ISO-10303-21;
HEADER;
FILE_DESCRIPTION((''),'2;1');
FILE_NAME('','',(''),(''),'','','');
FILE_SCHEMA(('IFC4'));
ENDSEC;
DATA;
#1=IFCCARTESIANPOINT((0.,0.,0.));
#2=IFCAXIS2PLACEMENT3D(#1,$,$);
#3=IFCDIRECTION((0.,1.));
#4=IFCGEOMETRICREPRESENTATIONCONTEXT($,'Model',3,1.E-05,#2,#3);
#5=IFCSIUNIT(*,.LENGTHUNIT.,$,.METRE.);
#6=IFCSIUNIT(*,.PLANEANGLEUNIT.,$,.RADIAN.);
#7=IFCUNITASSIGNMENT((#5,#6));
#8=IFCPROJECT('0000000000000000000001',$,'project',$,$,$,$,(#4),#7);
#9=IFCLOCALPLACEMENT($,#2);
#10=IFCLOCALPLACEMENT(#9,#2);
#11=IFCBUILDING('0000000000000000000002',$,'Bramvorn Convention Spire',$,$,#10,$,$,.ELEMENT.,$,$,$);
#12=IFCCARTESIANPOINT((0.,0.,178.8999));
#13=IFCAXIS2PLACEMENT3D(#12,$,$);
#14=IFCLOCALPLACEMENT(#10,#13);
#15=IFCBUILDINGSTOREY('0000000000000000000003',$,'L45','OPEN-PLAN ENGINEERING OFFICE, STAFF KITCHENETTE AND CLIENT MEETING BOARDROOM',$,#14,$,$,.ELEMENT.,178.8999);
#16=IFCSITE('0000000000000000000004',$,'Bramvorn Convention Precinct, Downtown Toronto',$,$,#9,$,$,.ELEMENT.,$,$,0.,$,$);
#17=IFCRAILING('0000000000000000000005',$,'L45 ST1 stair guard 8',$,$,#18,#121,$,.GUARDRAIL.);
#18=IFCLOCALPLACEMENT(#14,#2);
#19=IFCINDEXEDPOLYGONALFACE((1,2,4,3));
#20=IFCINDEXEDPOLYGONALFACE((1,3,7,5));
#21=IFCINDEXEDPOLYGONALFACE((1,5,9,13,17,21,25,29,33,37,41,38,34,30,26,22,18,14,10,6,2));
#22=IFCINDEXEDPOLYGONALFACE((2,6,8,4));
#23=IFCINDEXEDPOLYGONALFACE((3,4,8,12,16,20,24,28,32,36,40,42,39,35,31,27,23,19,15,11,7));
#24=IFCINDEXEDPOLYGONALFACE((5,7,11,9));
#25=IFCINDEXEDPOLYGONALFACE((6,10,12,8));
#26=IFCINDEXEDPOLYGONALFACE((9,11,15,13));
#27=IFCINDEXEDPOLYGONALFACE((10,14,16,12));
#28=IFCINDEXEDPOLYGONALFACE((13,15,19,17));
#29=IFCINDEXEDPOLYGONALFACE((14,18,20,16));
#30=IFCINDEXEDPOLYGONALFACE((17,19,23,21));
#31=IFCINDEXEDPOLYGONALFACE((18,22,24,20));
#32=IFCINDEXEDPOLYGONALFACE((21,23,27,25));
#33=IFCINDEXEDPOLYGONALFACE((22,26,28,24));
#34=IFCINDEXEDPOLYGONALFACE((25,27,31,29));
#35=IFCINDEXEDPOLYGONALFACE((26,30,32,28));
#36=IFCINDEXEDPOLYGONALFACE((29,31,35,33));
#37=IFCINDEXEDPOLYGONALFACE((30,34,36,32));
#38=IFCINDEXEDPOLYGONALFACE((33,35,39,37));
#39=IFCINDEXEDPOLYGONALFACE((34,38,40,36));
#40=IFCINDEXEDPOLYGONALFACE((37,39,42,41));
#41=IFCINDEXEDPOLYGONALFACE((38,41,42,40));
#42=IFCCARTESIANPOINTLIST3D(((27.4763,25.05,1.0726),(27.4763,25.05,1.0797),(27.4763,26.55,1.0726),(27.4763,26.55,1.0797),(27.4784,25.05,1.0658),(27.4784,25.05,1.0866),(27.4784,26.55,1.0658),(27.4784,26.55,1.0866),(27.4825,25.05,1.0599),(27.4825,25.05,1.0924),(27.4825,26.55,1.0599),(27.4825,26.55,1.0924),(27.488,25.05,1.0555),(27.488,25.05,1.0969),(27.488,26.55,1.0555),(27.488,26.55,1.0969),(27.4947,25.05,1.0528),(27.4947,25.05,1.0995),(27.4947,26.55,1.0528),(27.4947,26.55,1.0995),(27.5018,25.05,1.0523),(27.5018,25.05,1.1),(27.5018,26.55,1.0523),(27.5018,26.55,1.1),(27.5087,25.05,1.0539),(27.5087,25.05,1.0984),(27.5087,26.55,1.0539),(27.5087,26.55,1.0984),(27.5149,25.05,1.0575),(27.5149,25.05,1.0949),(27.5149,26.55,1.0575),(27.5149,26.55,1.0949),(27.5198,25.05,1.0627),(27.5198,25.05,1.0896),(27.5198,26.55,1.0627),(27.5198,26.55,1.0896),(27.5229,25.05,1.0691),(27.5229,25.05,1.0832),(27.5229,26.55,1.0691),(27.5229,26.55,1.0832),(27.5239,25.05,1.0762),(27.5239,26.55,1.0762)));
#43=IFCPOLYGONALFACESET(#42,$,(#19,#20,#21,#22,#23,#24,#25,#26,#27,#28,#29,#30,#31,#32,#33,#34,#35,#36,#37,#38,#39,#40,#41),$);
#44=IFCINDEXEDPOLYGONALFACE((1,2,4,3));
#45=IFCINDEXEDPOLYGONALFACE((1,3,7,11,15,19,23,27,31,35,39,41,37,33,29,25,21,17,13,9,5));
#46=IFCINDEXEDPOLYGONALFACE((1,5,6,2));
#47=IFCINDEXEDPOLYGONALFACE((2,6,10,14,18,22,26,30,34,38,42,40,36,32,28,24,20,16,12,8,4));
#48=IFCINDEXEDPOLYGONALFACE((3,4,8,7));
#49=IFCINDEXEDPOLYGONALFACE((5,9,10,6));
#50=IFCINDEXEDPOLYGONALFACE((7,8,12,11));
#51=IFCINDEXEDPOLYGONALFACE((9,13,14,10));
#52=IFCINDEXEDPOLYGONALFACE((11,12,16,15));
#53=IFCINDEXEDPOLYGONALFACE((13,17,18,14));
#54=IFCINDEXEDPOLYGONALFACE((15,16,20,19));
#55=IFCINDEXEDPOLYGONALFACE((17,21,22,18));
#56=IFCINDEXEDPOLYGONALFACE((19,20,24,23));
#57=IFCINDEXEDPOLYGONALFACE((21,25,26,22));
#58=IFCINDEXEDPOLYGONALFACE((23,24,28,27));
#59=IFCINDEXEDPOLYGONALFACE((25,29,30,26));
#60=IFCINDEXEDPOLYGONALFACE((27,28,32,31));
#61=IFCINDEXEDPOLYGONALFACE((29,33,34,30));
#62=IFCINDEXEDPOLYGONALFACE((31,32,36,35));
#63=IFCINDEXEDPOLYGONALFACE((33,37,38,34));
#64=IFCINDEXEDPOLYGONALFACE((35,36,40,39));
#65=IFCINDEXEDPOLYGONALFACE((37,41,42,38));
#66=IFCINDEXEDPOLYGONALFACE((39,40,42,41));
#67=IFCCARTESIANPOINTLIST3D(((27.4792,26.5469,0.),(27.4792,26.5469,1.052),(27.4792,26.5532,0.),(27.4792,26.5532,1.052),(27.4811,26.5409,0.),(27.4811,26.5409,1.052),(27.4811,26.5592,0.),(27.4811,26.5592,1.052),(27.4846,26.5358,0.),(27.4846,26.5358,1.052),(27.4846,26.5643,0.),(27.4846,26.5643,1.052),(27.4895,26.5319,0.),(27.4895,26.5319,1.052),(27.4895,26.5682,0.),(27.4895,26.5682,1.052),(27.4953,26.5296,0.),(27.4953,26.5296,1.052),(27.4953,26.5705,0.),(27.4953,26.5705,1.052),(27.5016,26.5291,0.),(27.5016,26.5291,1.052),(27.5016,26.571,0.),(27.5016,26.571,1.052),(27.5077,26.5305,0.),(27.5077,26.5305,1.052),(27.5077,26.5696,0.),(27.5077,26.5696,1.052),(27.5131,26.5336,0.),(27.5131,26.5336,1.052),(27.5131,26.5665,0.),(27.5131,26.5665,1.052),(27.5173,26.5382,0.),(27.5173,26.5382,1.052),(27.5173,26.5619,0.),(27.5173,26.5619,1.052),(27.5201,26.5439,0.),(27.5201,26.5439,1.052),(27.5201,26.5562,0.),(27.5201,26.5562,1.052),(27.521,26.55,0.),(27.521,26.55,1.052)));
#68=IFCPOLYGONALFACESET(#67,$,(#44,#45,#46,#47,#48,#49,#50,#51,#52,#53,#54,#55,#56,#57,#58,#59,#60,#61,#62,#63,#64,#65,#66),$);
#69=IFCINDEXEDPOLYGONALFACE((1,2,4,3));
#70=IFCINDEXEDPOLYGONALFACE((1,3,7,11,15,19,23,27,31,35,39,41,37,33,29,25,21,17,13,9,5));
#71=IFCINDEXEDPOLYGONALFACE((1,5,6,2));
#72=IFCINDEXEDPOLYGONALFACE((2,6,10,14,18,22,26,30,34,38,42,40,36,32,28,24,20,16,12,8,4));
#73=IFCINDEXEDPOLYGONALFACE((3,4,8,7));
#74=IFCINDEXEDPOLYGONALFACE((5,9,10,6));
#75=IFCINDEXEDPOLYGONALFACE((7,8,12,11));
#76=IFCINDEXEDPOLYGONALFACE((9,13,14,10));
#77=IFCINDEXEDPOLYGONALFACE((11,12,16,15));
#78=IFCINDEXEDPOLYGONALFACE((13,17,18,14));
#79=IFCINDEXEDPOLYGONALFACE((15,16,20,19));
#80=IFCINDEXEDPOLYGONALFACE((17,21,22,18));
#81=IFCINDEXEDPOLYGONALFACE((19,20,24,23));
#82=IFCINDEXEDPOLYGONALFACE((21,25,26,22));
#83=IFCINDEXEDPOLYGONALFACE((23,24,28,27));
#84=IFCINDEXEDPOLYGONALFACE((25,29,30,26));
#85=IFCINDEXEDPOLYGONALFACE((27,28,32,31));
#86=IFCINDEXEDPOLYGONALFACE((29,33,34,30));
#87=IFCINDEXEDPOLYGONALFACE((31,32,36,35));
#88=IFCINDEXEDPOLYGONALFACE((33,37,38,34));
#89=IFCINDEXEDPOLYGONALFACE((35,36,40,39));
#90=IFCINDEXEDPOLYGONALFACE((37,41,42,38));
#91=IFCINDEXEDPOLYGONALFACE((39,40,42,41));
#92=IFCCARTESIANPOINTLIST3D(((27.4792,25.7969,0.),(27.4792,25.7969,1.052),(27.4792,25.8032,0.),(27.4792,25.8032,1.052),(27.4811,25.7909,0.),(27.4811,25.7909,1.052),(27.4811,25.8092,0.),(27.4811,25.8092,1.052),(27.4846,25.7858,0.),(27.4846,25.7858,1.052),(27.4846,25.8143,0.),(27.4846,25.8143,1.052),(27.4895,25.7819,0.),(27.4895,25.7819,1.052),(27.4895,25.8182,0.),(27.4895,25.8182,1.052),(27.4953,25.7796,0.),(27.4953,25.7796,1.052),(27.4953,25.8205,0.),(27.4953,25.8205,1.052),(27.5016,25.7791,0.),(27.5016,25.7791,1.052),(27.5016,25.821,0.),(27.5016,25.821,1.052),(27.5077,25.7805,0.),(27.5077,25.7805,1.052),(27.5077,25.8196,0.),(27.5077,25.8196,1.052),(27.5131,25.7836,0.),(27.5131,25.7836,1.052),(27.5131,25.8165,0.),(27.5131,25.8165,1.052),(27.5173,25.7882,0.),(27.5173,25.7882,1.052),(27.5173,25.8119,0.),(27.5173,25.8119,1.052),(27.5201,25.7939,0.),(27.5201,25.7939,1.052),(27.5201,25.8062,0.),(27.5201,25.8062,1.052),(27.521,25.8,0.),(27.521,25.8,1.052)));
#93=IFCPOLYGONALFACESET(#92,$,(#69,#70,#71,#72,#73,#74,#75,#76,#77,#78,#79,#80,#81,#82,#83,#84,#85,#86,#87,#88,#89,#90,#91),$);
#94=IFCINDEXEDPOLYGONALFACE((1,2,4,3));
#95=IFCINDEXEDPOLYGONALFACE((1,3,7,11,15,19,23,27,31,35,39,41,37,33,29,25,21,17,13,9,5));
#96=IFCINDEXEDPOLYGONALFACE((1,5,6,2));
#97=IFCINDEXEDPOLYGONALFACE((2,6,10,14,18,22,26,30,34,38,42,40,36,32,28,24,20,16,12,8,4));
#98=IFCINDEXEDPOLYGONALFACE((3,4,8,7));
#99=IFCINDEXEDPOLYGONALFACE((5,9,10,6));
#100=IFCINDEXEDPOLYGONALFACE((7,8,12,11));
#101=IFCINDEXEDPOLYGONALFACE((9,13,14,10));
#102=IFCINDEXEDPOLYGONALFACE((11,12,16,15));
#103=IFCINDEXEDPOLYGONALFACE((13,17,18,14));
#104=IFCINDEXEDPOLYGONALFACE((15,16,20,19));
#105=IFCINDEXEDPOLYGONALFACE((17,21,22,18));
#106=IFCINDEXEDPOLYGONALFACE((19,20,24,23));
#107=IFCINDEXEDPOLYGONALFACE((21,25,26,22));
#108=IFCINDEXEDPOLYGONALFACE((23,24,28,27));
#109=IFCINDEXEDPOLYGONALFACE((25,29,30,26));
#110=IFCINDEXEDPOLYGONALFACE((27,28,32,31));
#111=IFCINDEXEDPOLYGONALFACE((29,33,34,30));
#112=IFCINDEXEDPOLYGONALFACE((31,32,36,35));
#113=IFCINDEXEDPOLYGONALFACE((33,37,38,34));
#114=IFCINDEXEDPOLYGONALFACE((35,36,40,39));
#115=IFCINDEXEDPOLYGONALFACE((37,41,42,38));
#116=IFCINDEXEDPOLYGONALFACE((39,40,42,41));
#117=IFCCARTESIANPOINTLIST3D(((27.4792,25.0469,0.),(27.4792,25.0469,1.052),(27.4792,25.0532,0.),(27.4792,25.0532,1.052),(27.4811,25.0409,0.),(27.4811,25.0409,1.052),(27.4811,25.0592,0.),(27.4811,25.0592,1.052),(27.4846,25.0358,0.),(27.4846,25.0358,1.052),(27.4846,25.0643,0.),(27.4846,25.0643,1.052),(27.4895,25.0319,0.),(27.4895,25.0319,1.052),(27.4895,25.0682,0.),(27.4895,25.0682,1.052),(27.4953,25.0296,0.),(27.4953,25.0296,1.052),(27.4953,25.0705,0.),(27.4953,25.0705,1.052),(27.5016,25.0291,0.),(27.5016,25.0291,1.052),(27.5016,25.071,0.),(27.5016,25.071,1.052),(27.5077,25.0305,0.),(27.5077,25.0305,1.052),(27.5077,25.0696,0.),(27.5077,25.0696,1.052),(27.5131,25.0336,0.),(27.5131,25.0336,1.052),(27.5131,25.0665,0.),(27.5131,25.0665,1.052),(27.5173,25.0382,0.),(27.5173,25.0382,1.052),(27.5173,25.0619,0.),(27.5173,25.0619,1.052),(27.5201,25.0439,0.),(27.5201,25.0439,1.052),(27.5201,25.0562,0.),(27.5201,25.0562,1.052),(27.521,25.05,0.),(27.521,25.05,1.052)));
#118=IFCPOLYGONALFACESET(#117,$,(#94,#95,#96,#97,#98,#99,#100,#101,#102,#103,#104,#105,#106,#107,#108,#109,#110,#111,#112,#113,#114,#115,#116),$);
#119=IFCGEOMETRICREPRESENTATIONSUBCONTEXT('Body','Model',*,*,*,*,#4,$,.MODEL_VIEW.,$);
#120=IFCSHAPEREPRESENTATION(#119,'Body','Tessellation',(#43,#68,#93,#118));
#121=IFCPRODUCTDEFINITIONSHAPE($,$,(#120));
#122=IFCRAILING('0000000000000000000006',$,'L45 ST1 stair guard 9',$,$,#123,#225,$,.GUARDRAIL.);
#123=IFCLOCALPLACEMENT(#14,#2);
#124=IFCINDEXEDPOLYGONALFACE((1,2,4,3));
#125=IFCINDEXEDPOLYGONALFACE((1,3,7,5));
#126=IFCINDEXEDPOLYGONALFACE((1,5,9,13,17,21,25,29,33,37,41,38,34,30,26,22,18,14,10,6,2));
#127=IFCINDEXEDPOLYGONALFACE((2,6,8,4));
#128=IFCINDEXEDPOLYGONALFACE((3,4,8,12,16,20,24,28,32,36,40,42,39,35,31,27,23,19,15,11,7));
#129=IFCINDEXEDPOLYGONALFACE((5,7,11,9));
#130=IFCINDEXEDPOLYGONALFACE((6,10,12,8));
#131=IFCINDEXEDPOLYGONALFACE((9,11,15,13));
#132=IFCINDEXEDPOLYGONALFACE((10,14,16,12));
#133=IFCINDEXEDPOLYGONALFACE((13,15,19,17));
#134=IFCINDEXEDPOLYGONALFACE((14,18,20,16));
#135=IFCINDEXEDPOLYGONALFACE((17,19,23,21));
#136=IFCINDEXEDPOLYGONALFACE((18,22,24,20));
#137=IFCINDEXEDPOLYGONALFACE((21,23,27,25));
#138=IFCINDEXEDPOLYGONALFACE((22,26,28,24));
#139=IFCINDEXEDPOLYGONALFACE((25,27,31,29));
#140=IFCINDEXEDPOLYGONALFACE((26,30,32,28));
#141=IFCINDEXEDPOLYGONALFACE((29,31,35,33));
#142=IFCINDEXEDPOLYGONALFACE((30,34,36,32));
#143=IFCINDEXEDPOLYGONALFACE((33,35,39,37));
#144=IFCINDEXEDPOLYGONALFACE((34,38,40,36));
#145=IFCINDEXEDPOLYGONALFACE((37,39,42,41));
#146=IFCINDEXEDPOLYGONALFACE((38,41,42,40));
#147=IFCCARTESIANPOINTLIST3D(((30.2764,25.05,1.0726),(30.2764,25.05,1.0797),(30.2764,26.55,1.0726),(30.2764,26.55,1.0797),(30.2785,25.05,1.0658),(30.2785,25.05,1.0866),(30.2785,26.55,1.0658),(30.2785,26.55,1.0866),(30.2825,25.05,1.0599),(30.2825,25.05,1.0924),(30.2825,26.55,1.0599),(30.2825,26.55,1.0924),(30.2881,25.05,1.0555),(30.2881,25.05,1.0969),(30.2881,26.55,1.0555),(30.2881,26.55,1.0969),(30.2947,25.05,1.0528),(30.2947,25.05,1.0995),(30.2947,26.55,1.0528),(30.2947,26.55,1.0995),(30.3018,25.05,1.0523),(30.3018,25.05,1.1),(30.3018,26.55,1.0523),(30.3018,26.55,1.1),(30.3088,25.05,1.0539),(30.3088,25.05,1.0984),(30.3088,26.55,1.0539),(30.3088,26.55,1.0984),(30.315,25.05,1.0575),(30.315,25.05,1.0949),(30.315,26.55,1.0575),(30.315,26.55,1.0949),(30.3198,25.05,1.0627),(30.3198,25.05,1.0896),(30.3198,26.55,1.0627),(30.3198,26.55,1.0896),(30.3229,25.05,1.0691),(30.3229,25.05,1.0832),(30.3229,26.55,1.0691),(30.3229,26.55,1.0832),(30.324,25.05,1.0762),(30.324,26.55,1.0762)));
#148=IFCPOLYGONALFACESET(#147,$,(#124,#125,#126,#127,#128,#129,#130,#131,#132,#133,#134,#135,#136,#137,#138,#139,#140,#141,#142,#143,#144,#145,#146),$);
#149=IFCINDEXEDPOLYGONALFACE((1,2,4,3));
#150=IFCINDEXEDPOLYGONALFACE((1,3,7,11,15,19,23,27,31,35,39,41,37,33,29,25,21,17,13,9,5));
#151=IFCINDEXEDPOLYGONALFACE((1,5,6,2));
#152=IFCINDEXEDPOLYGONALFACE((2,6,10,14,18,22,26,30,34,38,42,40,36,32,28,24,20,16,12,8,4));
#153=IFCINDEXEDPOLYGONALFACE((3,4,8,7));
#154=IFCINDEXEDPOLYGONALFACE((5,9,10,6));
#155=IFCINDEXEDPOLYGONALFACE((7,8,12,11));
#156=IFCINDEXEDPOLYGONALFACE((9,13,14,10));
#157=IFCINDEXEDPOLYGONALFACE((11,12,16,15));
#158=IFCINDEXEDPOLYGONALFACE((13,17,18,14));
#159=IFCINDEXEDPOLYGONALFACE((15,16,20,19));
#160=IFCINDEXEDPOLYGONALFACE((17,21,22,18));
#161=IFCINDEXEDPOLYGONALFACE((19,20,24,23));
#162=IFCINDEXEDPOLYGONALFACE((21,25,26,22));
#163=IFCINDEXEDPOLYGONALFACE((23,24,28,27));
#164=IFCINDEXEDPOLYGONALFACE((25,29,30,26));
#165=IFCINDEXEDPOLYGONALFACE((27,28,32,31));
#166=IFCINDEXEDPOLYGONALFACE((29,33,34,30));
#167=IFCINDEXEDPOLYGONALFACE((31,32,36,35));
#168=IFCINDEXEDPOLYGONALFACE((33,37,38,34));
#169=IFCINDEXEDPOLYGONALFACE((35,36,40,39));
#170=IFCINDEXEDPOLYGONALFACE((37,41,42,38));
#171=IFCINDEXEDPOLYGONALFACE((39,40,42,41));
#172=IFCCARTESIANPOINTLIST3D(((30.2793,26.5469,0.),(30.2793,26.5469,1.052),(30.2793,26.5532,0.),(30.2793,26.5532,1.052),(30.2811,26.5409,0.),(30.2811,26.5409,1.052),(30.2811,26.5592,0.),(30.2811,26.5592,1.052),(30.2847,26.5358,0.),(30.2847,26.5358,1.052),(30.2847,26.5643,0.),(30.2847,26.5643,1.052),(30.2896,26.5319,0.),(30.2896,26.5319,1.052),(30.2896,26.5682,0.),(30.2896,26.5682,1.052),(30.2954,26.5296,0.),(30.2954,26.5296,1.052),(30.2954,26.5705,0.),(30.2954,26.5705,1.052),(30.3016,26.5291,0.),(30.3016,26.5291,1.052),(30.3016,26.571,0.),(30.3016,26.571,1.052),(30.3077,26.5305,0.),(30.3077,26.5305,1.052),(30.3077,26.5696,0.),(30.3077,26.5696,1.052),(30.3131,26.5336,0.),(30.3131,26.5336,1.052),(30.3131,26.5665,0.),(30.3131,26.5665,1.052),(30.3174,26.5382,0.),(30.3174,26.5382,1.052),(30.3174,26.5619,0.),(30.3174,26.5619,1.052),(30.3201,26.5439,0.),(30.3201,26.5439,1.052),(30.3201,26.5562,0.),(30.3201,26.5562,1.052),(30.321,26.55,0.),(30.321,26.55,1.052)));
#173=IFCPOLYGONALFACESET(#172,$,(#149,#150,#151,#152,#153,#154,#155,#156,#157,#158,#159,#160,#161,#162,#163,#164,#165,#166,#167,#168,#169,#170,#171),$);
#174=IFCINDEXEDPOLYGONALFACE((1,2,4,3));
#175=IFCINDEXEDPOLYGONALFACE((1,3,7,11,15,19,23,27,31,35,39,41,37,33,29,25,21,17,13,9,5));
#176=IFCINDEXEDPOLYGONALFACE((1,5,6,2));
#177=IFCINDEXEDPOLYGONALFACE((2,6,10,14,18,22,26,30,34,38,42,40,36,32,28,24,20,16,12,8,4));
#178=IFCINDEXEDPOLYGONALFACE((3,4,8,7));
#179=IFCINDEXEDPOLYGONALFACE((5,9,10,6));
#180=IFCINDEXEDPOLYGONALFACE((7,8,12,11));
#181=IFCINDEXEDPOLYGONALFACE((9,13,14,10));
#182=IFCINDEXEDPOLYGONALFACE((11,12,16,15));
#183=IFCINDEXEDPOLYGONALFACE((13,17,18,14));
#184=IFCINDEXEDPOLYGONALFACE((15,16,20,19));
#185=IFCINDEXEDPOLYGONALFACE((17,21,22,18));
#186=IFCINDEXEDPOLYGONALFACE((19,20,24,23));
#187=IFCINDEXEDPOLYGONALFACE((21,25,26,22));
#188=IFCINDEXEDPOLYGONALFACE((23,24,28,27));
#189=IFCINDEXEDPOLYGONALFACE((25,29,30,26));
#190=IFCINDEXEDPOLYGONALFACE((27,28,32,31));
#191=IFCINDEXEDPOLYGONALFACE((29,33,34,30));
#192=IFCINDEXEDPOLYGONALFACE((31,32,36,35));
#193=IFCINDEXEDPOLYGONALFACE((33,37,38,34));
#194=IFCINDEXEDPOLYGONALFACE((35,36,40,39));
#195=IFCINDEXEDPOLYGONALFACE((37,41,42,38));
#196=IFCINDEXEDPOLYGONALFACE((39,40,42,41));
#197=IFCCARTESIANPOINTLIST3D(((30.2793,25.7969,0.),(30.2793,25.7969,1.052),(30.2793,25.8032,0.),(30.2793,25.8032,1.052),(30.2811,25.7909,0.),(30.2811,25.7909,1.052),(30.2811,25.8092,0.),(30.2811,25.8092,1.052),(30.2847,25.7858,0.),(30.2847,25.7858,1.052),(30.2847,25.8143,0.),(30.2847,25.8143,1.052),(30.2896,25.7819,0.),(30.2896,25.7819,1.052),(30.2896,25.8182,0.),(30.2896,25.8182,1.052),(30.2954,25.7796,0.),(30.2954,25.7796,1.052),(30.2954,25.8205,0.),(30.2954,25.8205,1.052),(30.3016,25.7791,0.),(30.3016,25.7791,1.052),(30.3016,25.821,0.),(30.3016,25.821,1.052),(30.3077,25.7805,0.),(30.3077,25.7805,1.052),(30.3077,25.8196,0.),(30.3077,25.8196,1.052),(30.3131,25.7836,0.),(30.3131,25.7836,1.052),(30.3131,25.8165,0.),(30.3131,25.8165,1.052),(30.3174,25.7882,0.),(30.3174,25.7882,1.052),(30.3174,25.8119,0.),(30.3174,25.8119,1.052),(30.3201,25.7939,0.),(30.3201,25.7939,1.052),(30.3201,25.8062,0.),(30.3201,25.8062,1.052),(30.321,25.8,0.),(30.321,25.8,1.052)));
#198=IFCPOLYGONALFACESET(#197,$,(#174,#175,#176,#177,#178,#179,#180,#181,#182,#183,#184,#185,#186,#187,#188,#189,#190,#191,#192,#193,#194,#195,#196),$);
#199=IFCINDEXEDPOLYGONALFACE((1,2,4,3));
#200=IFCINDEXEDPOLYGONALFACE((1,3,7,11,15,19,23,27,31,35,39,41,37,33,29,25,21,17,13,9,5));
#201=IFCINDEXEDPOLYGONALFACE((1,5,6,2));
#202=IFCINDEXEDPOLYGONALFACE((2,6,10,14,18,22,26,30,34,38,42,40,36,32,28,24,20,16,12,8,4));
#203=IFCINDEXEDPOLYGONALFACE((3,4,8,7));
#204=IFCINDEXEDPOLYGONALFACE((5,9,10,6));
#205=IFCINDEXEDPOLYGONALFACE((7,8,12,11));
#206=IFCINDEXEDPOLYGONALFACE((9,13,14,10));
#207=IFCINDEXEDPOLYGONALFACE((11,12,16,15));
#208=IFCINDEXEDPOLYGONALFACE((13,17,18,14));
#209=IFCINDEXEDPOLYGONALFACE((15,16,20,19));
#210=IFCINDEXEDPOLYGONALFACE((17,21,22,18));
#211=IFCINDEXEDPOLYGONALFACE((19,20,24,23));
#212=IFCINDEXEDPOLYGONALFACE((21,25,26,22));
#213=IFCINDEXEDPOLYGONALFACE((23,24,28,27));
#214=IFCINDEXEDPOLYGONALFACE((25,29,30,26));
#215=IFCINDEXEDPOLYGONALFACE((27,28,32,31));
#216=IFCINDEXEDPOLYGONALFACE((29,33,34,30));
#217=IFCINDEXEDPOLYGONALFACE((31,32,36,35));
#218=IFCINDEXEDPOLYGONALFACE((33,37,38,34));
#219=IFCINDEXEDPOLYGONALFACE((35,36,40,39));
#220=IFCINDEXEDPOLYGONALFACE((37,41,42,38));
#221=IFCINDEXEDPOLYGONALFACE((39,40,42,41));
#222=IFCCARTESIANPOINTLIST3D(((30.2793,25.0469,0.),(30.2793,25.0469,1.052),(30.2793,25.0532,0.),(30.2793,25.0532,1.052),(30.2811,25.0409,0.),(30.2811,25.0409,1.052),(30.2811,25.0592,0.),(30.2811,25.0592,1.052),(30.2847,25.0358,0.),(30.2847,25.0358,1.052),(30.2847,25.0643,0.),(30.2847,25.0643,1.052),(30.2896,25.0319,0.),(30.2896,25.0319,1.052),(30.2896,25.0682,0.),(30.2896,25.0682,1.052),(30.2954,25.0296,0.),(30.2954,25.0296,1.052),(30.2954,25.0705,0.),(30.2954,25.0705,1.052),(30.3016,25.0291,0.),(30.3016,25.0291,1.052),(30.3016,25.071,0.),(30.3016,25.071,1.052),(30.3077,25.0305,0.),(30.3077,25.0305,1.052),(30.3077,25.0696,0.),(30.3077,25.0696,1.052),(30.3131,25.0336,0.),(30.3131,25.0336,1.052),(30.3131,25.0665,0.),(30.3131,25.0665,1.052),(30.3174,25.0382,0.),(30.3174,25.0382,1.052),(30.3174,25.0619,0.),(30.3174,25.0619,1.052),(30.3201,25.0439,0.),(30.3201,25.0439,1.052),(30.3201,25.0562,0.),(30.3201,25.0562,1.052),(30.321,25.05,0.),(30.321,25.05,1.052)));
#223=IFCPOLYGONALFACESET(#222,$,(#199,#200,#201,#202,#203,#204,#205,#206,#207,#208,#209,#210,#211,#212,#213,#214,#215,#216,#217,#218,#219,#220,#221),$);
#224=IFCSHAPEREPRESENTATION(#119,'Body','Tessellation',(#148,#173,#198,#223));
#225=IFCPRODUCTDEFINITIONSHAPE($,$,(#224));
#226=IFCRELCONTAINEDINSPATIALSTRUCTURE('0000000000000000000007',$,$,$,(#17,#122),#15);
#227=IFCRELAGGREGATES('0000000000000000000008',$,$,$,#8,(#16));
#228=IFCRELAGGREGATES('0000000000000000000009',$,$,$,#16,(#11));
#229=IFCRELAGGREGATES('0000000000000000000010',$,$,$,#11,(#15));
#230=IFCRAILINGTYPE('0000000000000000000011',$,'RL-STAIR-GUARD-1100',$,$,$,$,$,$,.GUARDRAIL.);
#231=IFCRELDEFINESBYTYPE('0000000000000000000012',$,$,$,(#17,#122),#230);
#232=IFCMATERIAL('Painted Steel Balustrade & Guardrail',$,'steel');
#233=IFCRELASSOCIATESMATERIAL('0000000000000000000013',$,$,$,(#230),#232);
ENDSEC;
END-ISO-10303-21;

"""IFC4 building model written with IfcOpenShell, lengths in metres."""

from ifc_helpers import new_model, si_unit, direction, frame, origin, origin_2d, place, context, subcontext, project, spatial, circle, extrude, material, type_object, element, save


model = new_model("IFC4")

# Units and contexts
model_context = context("Model", 3, precision=1e-05, world=origin(), true_north=direction((0.0, 1.0)))
body_context = subcontext(model_context, "Body", "Model", "MODEL_VIEW")
ifc_project = project(units=[si_unit("LENGTHUNIT", "METRE"), si_unit("PLANEANGLEUNIT", "RADIAN")], contexts=[model_context])

# Site, building, storey
site_placement = place(None, origin())
site = spatial("IfcSite", under=ifc_project, at=site_placement, Name="Bramvorn Convention Precinct, Downtown Toronto", CompositionType="ELEMENT", RefElevation=0.0)
building_placement = place(site_placement, origin())
building = spatial("IfcBuilding", under=site, at=building_placement, Name="Bramvorn Convention Spire", CompositionType="ELEMENT")
storey_placement = place(building_placement, frame((0.0, 0.0, 178.8999)))
storey = spatial("IfcBuildingStorey", under=building, at=storey_placement, Name="L45", Description="OPEN-PLAN ENGINEERING OFFICE, STAFF KITCHENETTE AND CLIENT MEETING BOARDROOM", CompositionType="ELEMENT", Elevation=178.8999)

# Railings
ifc_material_1 = material(Name="Painted Steel Balustrade & Guardrail", Category="steel")
railing_type = type_object("IfcRailingType", Name="RL-STAIR-GUARD-1100", PredefinedType="GUARDRAIL", material=ifc_material_1)
for number, where, name in (
    (1, (27.5, 26.55, 0.0), "L45 ST1 stair guard 8"),
    (2, (30.3, 26.55, 0.0), "L45 ST1 stair guard 9"),
):
    element("IfcRailing", number, at=place(storey_placement, frame(where)), inside=storey, type_object=railing_type, Name=name, PredefinedType="GUARDRAIL", context=body_context, shape_type="SweptSolid", body=[
        extrude(circle(Radius=0.0239, at=origin_2d()), frame((0.0, 0.0, 1.0762), z_axis=(0.0, -1.0, 0.0), x_axis=(1.0, 0.0, 0.0)), (0.0, 0.0, 1.0), 1.5),
        extrude(circle(Radius=0.021, at=origin_2d()), origin(), (0.0, 0.0, 1.0), 1.052),
        extrude(circle(Radius=0.021, at=origin_2d()), frame((0.0, -0.75, 0.0)), (0.0, 0.0, 1.0), 1.052),
        extrude(circle(Radius=0.021, at=origin_2d()), frame((0.0, -1.5, 0.0)), (0.0, 0.0, 1.0), 1.052),
    ])

save(model, "model.ifc")
